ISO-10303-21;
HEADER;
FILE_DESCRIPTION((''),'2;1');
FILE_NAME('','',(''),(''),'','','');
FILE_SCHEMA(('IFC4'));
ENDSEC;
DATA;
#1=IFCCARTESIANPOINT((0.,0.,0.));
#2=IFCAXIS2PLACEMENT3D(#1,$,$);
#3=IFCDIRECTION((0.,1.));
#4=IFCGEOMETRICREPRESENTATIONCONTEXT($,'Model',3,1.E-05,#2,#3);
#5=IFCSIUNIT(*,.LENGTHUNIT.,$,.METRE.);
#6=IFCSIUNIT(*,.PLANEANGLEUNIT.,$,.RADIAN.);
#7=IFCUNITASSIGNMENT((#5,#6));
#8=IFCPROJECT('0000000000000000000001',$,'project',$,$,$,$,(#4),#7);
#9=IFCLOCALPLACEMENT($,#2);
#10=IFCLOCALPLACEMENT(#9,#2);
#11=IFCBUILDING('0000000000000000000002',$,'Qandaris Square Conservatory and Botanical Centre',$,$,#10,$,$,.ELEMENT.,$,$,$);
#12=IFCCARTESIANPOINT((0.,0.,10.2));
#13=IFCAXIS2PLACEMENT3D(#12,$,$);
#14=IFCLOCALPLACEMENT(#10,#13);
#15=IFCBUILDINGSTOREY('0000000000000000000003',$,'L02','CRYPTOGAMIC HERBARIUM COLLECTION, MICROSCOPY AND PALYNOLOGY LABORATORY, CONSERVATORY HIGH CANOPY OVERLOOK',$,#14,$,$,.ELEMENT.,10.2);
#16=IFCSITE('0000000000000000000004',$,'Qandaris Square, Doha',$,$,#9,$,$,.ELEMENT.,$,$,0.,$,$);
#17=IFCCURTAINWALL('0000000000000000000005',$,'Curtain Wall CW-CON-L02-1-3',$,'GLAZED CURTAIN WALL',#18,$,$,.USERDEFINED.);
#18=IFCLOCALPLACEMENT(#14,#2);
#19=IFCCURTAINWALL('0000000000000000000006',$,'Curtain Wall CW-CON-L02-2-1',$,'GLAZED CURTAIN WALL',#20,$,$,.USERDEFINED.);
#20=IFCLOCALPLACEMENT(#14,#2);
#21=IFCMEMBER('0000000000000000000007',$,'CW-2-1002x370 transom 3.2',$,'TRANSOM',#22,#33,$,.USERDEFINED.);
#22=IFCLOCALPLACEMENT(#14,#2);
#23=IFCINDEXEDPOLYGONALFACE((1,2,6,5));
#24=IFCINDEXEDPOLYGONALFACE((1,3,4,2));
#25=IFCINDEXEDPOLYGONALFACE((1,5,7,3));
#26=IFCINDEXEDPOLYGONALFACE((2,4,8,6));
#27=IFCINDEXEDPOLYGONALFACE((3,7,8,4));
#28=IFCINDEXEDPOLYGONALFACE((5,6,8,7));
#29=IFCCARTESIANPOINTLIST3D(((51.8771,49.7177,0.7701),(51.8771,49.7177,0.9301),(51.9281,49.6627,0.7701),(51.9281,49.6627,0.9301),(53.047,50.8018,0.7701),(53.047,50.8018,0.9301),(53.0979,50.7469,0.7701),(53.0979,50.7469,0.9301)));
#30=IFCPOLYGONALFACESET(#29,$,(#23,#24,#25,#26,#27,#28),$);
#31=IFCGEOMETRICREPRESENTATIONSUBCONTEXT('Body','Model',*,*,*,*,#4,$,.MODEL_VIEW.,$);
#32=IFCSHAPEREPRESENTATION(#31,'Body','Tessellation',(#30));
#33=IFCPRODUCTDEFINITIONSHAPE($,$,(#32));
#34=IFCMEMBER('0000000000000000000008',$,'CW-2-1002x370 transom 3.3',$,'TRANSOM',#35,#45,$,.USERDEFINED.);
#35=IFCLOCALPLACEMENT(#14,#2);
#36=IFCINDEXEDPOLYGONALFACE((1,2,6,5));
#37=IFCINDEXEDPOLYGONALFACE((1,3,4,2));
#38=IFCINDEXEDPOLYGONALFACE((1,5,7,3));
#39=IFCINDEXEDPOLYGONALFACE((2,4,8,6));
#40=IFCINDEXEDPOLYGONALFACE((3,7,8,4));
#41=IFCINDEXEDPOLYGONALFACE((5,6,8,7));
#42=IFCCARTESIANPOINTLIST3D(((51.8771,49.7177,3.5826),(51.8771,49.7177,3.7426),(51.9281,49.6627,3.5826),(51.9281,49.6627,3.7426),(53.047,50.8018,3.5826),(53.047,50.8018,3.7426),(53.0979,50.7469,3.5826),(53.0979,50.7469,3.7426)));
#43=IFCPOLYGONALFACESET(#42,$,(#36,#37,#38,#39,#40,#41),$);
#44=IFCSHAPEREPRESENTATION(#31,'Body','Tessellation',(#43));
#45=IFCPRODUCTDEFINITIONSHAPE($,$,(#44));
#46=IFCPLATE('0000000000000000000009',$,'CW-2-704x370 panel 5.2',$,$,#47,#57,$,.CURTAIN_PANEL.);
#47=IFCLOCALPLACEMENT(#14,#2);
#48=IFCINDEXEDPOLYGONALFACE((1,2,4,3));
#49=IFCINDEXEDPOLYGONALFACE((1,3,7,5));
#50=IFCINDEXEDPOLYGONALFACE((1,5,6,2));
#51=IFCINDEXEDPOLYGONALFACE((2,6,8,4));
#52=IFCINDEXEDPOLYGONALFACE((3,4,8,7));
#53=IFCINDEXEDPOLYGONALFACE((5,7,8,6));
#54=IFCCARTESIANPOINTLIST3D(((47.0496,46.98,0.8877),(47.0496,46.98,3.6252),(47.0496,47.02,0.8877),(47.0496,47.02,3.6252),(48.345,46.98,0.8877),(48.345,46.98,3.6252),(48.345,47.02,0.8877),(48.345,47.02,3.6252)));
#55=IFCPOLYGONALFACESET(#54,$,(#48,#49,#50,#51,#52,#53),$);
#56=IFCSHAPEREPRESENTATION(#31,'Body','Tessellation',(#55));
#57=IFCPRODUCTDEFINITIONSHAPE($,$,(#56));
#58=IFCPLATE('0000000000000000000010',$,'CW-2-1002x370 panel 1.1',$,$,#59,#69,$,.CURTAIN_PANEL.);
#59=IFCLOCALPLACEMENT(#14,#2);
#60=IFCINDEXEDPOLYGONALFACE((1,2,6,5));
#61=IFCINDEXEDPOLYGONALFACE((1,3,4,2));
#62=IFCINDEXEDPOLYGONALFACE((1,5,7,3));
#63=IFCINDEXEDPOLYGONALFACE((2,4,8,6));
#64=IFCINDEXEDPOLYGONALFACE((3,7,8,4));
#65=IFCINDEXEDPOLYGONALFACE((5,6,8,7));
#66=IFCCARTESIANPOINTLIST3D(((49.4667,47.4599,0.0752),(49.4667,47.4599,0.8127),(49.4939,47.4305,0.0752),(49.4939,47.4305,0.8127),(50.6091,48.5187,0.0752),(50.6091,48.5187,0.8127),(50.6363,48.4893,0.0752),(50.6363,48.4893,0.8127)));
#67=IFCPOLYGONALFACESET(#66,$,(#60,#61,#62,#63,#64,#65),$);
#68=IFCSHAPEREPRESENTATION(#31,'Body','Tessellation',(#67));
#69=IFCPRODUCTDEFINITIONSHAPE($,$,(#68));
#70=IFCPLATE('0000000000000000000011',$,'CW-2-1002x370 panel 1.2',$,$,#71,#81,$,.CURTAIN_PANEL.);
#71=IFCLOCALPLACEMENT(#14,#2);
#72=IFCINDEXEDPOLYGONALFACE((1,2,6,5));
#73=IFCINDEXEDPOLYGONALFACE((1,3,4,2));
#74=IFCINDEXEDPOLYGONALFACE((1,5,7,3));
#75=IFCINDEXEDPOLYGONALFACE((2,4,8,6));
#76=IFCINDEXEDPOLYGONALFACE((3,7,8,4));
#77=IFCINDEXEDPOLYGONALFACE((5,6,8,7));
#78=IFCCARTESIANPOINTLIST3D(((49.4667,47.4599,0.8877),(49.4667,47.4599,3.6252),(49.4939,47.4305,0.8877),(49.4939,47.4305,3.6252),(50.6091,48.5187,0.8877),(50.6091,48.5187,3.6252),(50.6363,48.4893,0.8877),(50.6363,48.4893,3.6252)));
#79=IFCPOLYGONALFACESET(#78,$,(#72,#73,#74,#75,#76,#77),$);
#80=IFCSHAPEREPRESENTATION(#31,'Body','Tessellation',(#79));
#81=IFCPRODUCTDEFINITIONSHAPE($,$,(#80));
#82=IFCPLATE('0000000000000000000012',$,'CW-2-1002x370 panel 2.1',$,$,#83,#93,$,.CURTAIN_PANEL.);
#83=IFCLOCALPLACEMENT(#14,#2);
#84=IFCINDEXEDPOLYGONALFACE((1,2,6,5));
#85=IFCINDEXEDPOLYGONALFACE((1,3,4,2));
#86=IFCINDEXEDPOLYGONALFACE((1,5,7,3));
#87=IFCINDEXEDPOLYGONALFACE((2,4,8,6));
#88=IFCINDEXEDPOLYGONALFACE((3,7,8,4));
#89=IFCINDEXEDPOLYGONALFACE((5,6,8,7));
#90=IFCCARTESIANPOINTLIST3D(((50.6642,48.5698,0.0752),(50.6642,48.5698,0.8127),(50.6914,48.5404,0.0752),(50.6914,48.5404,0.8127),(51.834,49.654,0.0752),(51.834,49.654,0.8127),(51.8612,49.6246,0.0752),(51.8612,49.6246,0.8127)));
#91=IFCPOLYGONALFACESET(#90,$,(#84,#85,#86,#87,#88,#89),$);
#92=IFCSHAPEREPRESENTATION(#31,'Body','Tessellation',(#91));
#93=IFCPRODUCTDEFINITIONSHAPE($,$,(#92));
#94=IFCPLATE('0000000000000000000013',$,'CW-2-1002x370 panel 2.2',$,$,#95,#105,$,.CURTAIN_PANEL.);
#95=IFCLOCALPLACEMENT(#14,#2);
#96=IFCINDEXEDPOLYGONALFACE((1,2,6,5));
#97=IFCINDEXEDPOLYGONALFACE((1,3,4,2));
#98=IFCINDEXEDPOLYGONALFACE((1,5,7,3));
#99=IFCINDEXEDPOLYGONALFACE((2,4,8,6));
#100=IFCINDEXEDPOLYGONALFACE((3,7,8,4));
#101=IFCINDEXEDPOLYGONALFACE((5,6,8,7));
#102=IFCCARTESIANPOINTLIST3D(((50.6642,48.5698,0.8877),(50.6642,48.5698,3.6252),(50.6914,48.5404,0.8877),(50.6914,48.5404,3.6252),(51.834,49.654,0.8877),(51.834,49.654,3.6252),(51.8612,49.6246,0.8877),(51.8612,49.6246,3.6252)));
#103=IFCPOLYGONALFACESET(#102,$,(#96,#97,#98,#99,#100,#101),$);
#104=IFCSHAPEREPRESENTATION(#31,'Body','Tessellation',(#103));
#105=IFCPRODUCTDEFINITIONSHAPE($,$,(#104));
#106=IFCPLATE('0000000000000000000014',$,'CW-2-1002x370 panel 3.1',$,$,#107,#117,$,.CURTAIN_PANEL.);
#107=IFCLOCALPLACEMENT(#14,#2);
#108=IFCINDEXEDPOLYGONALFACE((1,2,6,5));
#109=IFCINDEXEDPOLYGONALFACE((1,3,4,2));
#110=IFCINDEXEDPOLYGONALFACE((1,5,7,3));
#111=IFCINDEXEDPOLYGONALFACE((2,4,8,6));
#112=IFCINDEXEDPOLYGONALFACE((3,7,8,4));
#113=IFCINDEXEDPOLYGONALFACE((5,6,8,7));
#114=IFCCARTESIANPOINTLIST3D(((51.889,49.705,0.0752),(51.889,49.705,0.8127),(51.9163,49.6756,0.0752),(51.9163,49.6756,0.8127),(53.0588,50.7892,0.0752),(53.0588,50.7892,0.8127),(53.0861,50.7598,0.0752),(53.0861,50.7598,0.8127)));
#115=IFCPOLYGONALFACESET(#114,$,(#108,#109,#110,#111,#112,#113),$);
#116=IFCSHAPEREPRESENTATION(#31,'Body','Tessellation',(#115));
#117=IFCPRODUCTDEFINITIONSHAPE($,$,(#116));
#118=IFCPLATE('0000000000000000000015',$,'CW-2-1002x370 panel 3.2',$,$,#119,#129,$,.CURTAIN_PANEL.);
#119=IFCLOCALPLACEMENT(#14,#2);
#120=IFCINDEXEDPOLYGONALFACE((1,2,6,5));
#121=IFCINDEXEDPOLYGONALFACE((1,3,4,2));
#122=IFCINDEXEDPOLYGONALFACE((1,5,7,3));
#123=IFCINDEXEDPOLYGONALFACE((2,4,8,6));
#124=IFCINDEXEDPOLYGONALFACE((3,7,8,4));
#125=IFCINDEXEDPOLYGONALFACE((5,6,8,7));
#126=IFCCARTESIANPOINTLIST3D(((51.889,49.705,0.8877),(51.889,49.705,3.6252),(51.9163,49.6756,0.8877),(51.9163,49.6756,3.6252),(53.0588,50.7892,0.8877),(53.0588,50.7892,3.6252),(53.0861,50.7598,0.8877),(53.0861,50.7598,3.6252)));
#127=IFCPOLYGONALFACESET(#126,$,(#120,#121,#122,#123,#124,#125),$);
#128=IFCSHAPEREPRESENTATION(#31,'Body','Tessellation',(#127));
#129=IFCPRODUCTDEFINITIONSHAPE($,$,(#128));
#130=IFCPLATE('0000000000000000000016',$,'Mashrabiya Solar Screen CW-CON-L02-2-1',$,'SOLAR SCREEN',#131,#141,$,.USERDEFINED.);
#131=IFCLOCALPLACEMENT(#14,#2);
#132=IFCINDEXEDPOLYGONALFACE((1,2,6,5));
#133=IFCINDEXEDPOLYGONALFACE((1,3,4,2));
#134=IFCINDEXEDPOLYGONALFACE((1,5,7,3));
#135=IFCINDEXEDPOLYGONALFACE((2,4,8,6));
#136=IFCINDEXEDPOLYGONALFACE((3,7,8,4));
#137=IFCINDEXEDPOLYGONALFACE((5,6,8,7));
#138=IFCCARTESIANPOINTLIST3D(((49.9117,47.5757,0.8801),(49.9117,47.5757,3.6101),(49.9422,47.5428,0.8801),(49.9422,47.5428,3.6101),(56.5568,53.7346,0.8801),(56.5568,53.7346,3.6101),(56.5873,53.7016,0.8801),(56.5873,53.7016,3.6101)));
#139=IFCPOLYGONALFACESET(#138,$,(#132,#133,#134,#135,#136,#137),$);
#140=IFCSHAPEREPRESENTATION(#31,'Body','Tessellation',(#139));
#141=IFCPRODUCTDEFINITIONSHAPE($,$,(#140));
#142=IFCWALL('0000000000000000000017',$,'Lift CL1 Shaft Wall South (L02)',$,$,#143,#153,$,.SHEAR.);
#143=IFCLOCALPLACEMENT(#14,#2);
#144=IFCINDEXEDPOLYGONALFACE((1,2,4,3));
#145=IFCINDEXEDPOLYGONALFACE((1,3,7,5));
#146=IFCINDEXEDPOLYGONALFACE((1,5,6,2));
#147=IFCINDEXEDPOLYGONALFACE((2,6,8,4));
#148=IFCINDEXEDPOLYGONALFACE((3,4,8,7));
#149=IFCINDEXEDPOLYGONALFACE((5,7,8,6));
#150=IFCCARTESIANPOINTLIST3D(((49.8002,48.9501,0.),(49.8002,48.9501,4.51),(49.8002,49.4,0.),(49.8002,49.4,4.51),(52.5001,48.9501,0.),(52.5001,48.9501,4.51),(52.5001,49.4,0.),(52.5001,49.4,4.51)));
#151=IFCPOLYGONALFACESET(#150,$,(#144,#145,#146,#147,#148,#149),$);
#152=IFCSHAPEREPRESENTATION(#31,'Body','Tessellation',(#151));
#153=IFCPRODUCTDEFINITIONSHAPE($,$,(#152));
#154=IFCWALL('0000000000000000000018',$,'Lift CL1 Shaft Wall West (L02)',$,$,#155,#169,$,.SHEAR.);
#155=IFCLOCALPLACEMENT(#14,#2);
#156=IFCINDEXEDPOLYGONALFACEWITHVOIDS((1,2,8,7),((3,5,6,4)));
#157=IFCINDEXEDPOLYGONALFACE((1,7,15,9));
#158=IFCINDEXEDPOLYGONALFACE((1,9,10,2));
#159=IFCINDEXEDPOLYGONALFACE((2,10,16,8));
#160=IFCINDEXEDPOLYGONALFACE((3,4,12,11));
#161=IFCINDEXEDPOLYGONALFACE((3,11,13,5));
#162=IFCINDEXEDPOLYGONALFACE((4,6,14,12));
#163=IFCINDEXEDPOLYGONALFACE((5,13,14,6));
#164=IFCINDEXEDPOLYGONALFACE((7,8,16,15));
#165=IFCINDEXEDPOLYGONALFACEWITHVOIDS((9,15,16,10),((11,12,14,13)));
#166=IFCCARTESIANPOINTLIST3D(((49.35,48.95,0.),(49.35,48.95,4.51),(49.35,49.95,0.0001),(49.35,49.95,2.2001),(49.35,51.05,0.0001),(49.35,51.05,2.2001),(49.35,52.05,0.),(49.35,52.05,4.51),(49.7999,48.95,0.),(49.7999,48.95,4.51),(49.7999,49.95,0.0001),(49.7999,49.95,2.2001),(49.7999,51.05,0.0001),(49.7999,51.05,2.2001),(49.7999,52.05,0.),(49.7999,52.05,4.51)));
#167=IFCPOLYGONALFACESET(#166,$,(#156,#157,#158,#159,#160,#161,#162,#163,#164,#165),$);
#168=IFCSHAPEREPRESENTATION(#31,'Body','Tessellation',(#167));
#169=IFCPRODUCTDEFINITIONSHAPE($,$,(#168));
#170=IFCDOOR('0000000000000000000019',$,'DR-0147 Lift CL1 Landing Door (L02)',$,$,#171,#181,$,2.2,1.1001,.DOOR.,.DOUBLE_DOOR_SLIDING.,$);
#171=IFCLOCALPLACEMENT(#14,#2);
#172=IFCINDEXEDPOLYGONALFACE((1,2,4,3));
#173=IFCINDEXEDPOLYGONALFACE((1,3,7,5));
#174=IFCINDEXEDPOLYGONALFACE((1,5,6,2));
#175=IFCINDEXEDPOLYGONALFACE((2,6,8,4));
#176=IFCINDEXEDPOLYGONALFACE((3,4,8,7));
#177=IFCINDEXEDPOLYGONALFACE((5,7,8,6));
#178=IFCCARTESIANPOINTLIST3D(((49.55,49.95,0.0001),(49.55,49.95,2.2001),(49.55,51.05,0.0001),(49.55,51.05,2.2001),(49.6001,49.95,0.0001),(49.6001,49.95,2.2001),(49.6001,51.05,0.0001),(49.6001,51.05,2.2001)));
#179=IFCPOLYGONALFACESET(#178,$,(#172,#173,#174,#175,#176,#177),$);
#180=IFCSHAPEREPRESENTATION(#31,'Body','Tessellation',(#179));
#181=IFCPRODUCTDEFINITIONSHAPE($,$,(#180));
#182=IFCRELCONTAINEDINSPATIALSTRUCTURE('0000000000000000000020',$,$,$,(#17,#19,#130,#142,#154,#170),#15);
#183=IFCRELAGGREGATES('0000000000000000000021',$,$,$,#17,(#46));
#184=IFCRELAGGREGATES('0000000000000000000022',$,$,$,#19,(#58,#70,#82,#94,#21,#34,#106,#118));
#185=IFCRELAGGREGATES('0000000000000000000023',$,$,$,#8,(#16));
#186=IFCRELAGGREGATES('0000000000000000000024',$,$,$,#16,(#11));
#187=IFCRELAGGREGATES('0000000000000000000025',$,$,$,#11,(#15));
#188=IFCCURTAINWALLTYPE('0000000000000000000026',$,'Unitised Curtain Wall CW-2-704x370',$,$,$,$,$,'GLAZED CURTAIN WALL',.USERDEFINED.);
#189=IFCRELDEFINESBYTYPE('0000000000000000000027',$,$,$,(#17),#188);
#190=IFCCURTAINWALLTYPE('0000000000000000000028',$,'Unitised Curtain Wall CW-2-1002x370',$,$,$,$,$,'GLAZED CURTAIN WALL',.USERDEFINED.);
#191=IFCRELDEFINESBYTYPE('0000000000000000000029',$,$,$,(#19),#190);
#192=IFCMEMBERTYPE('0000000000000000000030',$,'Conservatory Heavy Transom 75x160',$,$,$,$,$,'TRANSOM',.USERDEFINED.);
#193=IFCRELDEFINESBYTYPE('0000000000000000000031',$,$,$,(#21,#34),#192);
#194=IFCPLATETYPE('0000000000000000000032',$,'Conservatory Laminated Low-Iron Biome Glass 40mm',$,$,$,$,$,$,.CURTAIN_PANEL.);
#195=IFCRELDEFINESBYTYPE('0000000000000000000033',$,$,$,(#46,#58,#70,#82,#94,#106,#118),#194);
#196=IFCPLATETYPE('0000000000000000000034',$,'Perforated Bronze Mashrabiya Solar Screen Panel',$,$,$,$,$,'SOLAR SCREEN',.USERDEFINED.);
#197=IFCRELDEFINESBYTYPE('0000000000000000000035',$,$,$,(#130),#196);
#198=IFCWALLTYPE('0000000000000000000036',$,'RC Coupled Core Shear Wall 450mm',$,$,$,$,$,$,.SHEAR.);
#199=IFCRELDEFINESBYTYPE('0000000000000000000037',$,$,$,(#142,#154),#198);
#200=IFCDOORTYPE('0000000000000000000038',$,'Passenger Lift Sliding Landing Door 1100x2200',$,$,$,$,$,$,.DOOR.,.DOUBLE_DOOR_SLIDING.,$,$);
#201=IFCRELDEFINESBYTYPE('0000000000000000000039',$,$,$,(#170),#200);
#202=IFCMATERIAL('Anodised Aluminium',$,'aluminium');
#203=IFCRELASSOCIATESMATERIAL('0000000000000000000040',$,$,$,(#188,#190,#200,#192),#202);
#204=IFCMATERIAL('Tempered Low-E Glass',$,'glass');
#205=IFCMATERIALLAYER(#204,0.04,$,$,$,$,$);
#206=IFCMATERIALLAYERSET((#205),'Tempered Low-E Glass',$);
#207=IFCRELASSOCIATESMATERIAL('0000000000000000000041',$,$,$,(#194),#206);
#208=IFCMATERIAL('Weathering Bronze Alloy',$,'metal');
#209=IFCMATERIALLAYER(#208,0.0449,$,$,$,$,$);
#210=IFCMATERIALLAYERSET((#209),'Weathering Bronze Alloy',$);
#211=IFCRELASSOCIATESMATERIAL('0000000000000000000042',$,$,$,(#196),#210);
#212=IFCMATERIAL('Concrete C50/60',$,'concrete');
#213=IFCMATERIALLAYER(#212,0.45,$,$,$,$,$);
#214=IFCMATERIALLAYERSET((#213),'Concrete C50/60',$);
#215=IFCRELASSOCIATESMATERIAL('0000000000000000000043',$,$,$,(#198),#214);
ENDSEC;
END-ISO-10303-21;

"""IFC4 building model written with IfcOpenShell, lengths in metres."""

from ifc_helpers import new_model, si_unit, direction, frame, frame_2d, origin, origin_2d, place, context, subcontext, project, spatial, rectangle, extrude, material, layer, layer_set, material_profile, profile_set, type_object, element, fill, aggregate, save


model = new_model("IFC4")

# Units and contexts
model_context = context("Model", 3, precision=1e-05, world=origin(), true_north=direction((0.0, 1.0)))
body_context = subcontext(model_context, "Body", "Model", "MODEL_VIEW")
ifc_project = project(units=[si_unit("LENGTHUNIT", "METRE"), si_unit("PLANEANGLEUNIT", "RADIAN")], contexts=[model_context])

# Site, building, storey
site_placement = place(None, origin())
site = spatial("IfcSite", under=ifc_project, at=site_placement, Name="Qandaris Square, Doha", CompositionType="ELEMENT", RefElevation=0.0)
building_placement = place(site_placement, origin())
building = spatial("IfcBuilding", under=site, at=building_placement, Name="Qandaris Square Conservatory and Botanical Centre", CompositionType="ELEMENT")
storey_placement = place(building_placement, frame((0.0, 0.0, 10.2)))
storey = spatial("IfcBuildingStorey", under=building, at=storey_placement, Name="L02", Description="CRYPTOGAMIC HERBARIUM COLLECTION, MICROSCOPY AND PALYNOLOGY LABORATORY, CONSERVATORY HIGH CANOPY OVERLOOK", CompositionType="ELEMENT", Elevation=10.2)

# Shared definitions
ifc_material_1 = material(Name="Concrete C50/60", Category="concrete")

# Curtain wall
ifc_material_2 = material(Name="Anodised Aluminium", Category="aluminium")
curtain_wall_type_1 = type_object("IfcCurtainWallType", Name="Unitised Curtain Wall CW-2-704x370", ElementType="GLAZED CURTAIN WALL", PredefinedType="USERDEFINED", material=ifc_material_2)
curtain_wall_1_placement = place(storey_placement, origin())
curtain_wall_1 = element("IfcCurtainWall", 1, at=curtain_wall_1_placement, inside=storey, type_object=curtain_wall_type_1, Name="Curtain Wall CW-CON-L02-1-3", ObjectType="GLAZED CURTAIN WALL", PredefinedType="USERDEFINED")

# Curtain wall, members
curtain_wall_type_2 = type_object("IfcCurtainWallType", Name="Unitised Curtain Wall CW-2-1002x370", ElementType="GLAZED CURTAIN WALL", PredefinedType="USERDEFINED", material=ifc_material_2)
curtain_wall_2_placement = place(storey_placement, origin())
curtain_wall_2 = element("IfcCurtainWall", 2, at=curtain_wall_2_placement, inside=storey, type_object=curtain_wall_type_2, Name="Curtain Wall CW-CON-L02-2-1", ObjectType="GLAZED CURTAIN WALL", PredefinedType="USERDEFINED")
ifc_material_profile_1 = material_profile(ifc_material_2, rectangle(XDim=0.075, YDim=0.1599, at=origin_2d()), Name="ALU-TRN 75x160")
ifc_profile_set_1 = profile_set([ifc_material_profile_1], Name="Anodised Aluminium")
member_type_1 = type_object("IfcMemberType", Name="Conservatory Heavy Transom 75x160", ElementType="TRANSOM", PredefinedType="USERDEFINED", material=ifc_profile_set_1)
member_1_placement = place(storey_placement, frame((51.9026, 49.6902, 0.8501), z_axis=(0.733458, 0.679735, 0.0), x_axis=(-0.679735, 0.733458, 0.0)))
member_1 = element("IfcMember", 3, at=member_1_placement, type_object=member_type_1, Name="CW-2-1002x370 transom 3.2", ObjectType="TRANSOM", PredefinedType="USERDEFINED", context=body_context, shape_type="SweptSolid", body=[
    extrude(rectangle(XDim=0.075, YDim=0.1599, at=origin_2d()), origin(), (0.0, 0.0, 1.0), 1.595),
])
member_2_placement = place(storey_placement, frame((51.9026, 49.6902, 3.6626), z_axis=(0.733458, 0.679735, 0.0), x_axis=(-0.679735, 0.733458, 0.0)))
member_2 = element("IfcMember", 4, at=member_2_placement, type_object=member_type_1, Name="CW-2-1002x370 transom 3.3", ObjectType="TRANSOM", PredefinedType="USERDEFINED", context=body_context, shape_type="SweptSolid", body=[
    extrude(rectangle(XDim=0.075, YDim=0.1599, at=origin_2d()), origin(), (0.0, 0.0, 1.0), 1.595),
])

# Plates
ifc_material_3 = material(Name="Tempered Low-E Glass", Category="glass")
ifc_layer_1 = layer(ifc_material_3, 0.04)
ifc_layer_set_1 = layer_set([ifc_layer_1], Name="Tempered Low-E Glass")
plate_type_1 = type_object("IfcPlateType", Name="Conservatory Laminated Low-Iron Biome Glass 40mm", PredefinedType="CURTAIN_PANEL", material=ifc_layer_set_1)
plate_1_placement = place(storey_placement, frame((47.6973, 47.0, 0.8877), z_axis=(0.0, 0.0, 1.0), x_axis=(1.0, 0.0, 0.0)))
plate_1 = element("IfcPlate", 5, at=plate_1_placement, type_object=plate_type_1, Name="CW-2-704x370 panel 5.2", PredefinedType="CURTAIN_PANEL", context=body_context, shape_type="SweptSolid", body=[
    extrude(rectangle(XDim=1.2954, YDim=0.04, at=origin_2d()), origin(), (0.0, 0.0, 1.0), 2.7375),
])
aggregate(curtain_wall_1, [plate_1])
plate_2_placement = place(storey_placement, frame((50.0515, 47.9746, 0.0752), z_axis=(0.0, 0.0, 1.0), x_axis=(0.733433, 0.679762, 0.0)))
plate_2 = element("IfcPlate", 6, at=plate_2_placement, type_object=plate_type_1, Name="CW-2-1002x370 panel 1.1", PredefinedType="CURTAIN_PANEL", context=body_context, shape_type="SweptSolid", body=[
    extrude(rectangle(XDim=1.5576, YDim=0.04, at=origin_2d()), origin(), (0.0, 0.0, 1.0), 0.7375),
])
plate_3_placement = place(storey_placement, frame((50.0515, 47.9746, 0.8877), z_axis=(0.0, 0.0, 1.0), x_axis=(0.733433, 0.679762, 0.0)))
plate_3 = element("IfcPlate", 7, at=plate_3_placement, type_object=plate_type_1, Name="CW-2-1002x370 panel 1.2", PredefinedType="CURTAIN_PANEL", context=body_context, shape_type="SweptSolid", body=[
    extrude(rectangle(XDim=1.5576, YDim=0.04, at=origin_2d()), origin(), (0.0, 0.0, 1.0), 2.7375),
])
plate_4_placement = place(storey_placement, frame((51.2627, 49.0972, 0.0752), z_axis=(0.0, 0.0, 1.0), x_axis=(0.733433, 0.679762, 0.0)))
plate_4 = element("IfcPlate", 8, at=plate_4_placement, type_object=plate_type_1, Name="CW-2-1002x370 panel 2.1", PredefinedType="CURTAIN_PANEL", context=body_context, shape_type="SweptSolid", body=[
    extrude(rectangle(XDim=1.595, YDim=0.04, at=origin_2d()), origin(), (0.0, 0.0, 1.0), 0.7375),
])
plate_5_placement = place(storey_placement, frame((51.2627, 49.0972, 0.8877), z_axis=(0.0, 0.0, 1.0), x_axis=(0.733433, 0.679762, 0.0)))
plate_5 = element("IfcPlate", 9, at=plate_5_placement, type_object=plate_type_1, Name="CW-2-1002x370 panel 2.2", PredefinedType="CURTAIN_PANEL", context=body_context, shape_type="SweptSolid", body=[
    extrude(rectangle(XDim=1.595, YDim=0.04, at=origin_2d()), origin(), (0.0, 0.0, 1.0), 2.7375),
])
plate_6_placement = place(storey_placement, frame((52.4875, 50.2324, 0.0752), z_axis=(0.0, 0.0, 1.0), x_axis=(0.733433, 0.679762, 0.0)))
plate_6 = element("IfcPlate", 10, at=plate_6_placement, type_object=plate_type_1, Name="CW-2-1002x370 panel 3.1", PredefinedType="CURTAIN_PANEL", context=body_context, shape_type="SweptSolid", body=[
    extrude(rectangle(XDim=1.595, YDim=0.04, at=origin_2d()), origin(), (0.0, 0.0, 1.0), 0.7375),
])
plate_7_placement = place(storey_placement, frame((52.4875, 50.2324, 0.8877), z_axis=(0.0, 0.0, 1.0), x_axis=(0.733433, 0.679762, 0.0)))
plate_7 = element("IfcPlate", 11, at=plate_7_placement, type_object=plate_type_1, Name="CW-2-1002x370 panel 3.2", PredefinedType="CURTAIN_PANEL", context=body_context, shape_type="SweptSolid", body=[
    extrude(rectangle(XDim=1.595, YDim=0.04, at=origin_2d()), origin(), (0.0, 0.0, 1.0), 2.7375),
])
aggregate(curtain_wall_2, [plate_2, plate_3, plate_4, plate_5, member_1, member_2, plate_6, plate_7])
ifc_material_4 = material(Name="Weathering Bronze Alloy", Category="metal")
ifc_layer_2 = layer(ifc_material_4, 0.0449)
ifc_layer_set_2 = layer_set([ifc_layer_2], Name="Weathering Bronze Alloy")
plate_type_2 = type_object("IfcPlateType", Name="Perforated Bronze Mashrabiya Solar Screen Panel", ElementType="SOLAR SCREEN", PredefinedType="USERDEFINED", material=ifc_layer_set_2)
plate_8_placement = place(storey_placement, frame((53.2495, 50.6387, 0.8801), z_axis=(0.0, 0.0, 1.0), x_axis=(0.733433, 0.679762, 0.0)))
element("IfcPlate", 12, at=plate_8_placement, inside=storey, type_object=plate_type_2, Name="Mashrabiya Solar Screen CW-CON-L02-2-1", ObjectType="SOLAR SCREEN", PredefinedType="USERDEFINED", context=body_context, shape_type="SweptSolid", body=[
    extrude(rectangle(XDim=9.0603, YDim=0.0449, at=origin_2d()), origin(), (0.0, 0.0, 1.0), 2.73),
])

# Wall
ifc_layer_3 = layer(ifc_material_1, 0.45)
ifc_layer_set_3 = layer_set([ifc_layer_3], Name="Concrete C50/60")
wall_type = type_object("IfcWallType", Name="RC Coupled Core Shear Wall 450mm", PredefinedType="SHEAR", material=ifc_layer_set_3)
wall_1_placement = place(storey_placement, frame((49.8, 49.175, 0.0), z_axis=(0.0, 0.0, 1.0), x_axis=(1.0, 0.0, 0.0)))
element("IfcWall", 13, at=wall_1_placement, inside=storey, type_object=wall_type, Name="Lift CL1 Shaft Wall South (L02)", PredefinedType="SHEAR", context=body_context, shape_type="SweptSolid", body=[
    extrude(rectangle(XDim=2.7, YDim=0.45, at=frame_2d((1.3501, 0.0))), origin(), (0.0, 0.0, 1.0), 4.51),
])

# Wall, opening, door
wall_2_placement = place(storey_placement, frame((49.575, 48.95, 0.0), z_axis=(0.0, 0.0, 1.0), x_axis=(0.0, 1.0, 0.0)))
wall_2 = element("IfcWall", 14, at=wall_2_placement, inside=storey, type_object=wall_type, Name="Lift CL1 Shaft Wall West (L02)", PredefinedType="SHEAR", context=body_context, shape_type="SweptSolid", body=[
    extrude(rectangle(XDim=3.1001, YDim=0.45, at=frame_2d((1.55, 0.0))), origin(), (0.0, 0.0, 1.0), 4.51),
])
opening_placement = place(wall_2_placement, frame((1.0, 0.0, 0.0)))
opening = element("IfcOpeningElement", 15, at=opening_placement, cuts=wall_2, PredefinedType="OPENING", context=body_context, shape_type="SweptSolid", body=[
    extrude(rectangle(XDim=1.1001, YDim=2.2, at=frame_2d((0.55, 1.1001))), frame((0.0, 0.2368, 0.0), z_axis=(0.0, -1.0, 0.0), x_axis=(1.0, 0.0, 0.0)), (0.0, 0.0, 1.0), 0.4739),
])
door_type = type_object("IfcDoorType", Name="Passenger Lift Sliding Landing Door 1100x2200", OperationType="DOUBLE_DOOR_SLIDING", PredefinedType="DOOR", material=ifc_material_2)
door_placement = place(opening_placement, origin())
door = element("IfcDoor", 16, at=door_placement, inside=storey, type_object=door_type, Name="DR-0147 Lift CL1 Landing Door (L02)", OperationType="DOUBLE_DOOR_SLIDING", OverallHeight=2.2, OverallWidth=1.1001, PredefinedType="DOOR", context=body_context, shape_type="SweptSolid", body=[
    extrude(rectangle(XDim=1.1001, YDim=2.2, at=frame_2d((0.55, 1.1001))), frame((0.0, 0.0249, 0.0), z_axis=(0.0, -1.0, 0.0), x_axis=(1.0, 0.0, 0.0)), (0.0, 0.0, 1.0), 0.05),
])
fill(opening, door)

save(model, "model.ifc")
